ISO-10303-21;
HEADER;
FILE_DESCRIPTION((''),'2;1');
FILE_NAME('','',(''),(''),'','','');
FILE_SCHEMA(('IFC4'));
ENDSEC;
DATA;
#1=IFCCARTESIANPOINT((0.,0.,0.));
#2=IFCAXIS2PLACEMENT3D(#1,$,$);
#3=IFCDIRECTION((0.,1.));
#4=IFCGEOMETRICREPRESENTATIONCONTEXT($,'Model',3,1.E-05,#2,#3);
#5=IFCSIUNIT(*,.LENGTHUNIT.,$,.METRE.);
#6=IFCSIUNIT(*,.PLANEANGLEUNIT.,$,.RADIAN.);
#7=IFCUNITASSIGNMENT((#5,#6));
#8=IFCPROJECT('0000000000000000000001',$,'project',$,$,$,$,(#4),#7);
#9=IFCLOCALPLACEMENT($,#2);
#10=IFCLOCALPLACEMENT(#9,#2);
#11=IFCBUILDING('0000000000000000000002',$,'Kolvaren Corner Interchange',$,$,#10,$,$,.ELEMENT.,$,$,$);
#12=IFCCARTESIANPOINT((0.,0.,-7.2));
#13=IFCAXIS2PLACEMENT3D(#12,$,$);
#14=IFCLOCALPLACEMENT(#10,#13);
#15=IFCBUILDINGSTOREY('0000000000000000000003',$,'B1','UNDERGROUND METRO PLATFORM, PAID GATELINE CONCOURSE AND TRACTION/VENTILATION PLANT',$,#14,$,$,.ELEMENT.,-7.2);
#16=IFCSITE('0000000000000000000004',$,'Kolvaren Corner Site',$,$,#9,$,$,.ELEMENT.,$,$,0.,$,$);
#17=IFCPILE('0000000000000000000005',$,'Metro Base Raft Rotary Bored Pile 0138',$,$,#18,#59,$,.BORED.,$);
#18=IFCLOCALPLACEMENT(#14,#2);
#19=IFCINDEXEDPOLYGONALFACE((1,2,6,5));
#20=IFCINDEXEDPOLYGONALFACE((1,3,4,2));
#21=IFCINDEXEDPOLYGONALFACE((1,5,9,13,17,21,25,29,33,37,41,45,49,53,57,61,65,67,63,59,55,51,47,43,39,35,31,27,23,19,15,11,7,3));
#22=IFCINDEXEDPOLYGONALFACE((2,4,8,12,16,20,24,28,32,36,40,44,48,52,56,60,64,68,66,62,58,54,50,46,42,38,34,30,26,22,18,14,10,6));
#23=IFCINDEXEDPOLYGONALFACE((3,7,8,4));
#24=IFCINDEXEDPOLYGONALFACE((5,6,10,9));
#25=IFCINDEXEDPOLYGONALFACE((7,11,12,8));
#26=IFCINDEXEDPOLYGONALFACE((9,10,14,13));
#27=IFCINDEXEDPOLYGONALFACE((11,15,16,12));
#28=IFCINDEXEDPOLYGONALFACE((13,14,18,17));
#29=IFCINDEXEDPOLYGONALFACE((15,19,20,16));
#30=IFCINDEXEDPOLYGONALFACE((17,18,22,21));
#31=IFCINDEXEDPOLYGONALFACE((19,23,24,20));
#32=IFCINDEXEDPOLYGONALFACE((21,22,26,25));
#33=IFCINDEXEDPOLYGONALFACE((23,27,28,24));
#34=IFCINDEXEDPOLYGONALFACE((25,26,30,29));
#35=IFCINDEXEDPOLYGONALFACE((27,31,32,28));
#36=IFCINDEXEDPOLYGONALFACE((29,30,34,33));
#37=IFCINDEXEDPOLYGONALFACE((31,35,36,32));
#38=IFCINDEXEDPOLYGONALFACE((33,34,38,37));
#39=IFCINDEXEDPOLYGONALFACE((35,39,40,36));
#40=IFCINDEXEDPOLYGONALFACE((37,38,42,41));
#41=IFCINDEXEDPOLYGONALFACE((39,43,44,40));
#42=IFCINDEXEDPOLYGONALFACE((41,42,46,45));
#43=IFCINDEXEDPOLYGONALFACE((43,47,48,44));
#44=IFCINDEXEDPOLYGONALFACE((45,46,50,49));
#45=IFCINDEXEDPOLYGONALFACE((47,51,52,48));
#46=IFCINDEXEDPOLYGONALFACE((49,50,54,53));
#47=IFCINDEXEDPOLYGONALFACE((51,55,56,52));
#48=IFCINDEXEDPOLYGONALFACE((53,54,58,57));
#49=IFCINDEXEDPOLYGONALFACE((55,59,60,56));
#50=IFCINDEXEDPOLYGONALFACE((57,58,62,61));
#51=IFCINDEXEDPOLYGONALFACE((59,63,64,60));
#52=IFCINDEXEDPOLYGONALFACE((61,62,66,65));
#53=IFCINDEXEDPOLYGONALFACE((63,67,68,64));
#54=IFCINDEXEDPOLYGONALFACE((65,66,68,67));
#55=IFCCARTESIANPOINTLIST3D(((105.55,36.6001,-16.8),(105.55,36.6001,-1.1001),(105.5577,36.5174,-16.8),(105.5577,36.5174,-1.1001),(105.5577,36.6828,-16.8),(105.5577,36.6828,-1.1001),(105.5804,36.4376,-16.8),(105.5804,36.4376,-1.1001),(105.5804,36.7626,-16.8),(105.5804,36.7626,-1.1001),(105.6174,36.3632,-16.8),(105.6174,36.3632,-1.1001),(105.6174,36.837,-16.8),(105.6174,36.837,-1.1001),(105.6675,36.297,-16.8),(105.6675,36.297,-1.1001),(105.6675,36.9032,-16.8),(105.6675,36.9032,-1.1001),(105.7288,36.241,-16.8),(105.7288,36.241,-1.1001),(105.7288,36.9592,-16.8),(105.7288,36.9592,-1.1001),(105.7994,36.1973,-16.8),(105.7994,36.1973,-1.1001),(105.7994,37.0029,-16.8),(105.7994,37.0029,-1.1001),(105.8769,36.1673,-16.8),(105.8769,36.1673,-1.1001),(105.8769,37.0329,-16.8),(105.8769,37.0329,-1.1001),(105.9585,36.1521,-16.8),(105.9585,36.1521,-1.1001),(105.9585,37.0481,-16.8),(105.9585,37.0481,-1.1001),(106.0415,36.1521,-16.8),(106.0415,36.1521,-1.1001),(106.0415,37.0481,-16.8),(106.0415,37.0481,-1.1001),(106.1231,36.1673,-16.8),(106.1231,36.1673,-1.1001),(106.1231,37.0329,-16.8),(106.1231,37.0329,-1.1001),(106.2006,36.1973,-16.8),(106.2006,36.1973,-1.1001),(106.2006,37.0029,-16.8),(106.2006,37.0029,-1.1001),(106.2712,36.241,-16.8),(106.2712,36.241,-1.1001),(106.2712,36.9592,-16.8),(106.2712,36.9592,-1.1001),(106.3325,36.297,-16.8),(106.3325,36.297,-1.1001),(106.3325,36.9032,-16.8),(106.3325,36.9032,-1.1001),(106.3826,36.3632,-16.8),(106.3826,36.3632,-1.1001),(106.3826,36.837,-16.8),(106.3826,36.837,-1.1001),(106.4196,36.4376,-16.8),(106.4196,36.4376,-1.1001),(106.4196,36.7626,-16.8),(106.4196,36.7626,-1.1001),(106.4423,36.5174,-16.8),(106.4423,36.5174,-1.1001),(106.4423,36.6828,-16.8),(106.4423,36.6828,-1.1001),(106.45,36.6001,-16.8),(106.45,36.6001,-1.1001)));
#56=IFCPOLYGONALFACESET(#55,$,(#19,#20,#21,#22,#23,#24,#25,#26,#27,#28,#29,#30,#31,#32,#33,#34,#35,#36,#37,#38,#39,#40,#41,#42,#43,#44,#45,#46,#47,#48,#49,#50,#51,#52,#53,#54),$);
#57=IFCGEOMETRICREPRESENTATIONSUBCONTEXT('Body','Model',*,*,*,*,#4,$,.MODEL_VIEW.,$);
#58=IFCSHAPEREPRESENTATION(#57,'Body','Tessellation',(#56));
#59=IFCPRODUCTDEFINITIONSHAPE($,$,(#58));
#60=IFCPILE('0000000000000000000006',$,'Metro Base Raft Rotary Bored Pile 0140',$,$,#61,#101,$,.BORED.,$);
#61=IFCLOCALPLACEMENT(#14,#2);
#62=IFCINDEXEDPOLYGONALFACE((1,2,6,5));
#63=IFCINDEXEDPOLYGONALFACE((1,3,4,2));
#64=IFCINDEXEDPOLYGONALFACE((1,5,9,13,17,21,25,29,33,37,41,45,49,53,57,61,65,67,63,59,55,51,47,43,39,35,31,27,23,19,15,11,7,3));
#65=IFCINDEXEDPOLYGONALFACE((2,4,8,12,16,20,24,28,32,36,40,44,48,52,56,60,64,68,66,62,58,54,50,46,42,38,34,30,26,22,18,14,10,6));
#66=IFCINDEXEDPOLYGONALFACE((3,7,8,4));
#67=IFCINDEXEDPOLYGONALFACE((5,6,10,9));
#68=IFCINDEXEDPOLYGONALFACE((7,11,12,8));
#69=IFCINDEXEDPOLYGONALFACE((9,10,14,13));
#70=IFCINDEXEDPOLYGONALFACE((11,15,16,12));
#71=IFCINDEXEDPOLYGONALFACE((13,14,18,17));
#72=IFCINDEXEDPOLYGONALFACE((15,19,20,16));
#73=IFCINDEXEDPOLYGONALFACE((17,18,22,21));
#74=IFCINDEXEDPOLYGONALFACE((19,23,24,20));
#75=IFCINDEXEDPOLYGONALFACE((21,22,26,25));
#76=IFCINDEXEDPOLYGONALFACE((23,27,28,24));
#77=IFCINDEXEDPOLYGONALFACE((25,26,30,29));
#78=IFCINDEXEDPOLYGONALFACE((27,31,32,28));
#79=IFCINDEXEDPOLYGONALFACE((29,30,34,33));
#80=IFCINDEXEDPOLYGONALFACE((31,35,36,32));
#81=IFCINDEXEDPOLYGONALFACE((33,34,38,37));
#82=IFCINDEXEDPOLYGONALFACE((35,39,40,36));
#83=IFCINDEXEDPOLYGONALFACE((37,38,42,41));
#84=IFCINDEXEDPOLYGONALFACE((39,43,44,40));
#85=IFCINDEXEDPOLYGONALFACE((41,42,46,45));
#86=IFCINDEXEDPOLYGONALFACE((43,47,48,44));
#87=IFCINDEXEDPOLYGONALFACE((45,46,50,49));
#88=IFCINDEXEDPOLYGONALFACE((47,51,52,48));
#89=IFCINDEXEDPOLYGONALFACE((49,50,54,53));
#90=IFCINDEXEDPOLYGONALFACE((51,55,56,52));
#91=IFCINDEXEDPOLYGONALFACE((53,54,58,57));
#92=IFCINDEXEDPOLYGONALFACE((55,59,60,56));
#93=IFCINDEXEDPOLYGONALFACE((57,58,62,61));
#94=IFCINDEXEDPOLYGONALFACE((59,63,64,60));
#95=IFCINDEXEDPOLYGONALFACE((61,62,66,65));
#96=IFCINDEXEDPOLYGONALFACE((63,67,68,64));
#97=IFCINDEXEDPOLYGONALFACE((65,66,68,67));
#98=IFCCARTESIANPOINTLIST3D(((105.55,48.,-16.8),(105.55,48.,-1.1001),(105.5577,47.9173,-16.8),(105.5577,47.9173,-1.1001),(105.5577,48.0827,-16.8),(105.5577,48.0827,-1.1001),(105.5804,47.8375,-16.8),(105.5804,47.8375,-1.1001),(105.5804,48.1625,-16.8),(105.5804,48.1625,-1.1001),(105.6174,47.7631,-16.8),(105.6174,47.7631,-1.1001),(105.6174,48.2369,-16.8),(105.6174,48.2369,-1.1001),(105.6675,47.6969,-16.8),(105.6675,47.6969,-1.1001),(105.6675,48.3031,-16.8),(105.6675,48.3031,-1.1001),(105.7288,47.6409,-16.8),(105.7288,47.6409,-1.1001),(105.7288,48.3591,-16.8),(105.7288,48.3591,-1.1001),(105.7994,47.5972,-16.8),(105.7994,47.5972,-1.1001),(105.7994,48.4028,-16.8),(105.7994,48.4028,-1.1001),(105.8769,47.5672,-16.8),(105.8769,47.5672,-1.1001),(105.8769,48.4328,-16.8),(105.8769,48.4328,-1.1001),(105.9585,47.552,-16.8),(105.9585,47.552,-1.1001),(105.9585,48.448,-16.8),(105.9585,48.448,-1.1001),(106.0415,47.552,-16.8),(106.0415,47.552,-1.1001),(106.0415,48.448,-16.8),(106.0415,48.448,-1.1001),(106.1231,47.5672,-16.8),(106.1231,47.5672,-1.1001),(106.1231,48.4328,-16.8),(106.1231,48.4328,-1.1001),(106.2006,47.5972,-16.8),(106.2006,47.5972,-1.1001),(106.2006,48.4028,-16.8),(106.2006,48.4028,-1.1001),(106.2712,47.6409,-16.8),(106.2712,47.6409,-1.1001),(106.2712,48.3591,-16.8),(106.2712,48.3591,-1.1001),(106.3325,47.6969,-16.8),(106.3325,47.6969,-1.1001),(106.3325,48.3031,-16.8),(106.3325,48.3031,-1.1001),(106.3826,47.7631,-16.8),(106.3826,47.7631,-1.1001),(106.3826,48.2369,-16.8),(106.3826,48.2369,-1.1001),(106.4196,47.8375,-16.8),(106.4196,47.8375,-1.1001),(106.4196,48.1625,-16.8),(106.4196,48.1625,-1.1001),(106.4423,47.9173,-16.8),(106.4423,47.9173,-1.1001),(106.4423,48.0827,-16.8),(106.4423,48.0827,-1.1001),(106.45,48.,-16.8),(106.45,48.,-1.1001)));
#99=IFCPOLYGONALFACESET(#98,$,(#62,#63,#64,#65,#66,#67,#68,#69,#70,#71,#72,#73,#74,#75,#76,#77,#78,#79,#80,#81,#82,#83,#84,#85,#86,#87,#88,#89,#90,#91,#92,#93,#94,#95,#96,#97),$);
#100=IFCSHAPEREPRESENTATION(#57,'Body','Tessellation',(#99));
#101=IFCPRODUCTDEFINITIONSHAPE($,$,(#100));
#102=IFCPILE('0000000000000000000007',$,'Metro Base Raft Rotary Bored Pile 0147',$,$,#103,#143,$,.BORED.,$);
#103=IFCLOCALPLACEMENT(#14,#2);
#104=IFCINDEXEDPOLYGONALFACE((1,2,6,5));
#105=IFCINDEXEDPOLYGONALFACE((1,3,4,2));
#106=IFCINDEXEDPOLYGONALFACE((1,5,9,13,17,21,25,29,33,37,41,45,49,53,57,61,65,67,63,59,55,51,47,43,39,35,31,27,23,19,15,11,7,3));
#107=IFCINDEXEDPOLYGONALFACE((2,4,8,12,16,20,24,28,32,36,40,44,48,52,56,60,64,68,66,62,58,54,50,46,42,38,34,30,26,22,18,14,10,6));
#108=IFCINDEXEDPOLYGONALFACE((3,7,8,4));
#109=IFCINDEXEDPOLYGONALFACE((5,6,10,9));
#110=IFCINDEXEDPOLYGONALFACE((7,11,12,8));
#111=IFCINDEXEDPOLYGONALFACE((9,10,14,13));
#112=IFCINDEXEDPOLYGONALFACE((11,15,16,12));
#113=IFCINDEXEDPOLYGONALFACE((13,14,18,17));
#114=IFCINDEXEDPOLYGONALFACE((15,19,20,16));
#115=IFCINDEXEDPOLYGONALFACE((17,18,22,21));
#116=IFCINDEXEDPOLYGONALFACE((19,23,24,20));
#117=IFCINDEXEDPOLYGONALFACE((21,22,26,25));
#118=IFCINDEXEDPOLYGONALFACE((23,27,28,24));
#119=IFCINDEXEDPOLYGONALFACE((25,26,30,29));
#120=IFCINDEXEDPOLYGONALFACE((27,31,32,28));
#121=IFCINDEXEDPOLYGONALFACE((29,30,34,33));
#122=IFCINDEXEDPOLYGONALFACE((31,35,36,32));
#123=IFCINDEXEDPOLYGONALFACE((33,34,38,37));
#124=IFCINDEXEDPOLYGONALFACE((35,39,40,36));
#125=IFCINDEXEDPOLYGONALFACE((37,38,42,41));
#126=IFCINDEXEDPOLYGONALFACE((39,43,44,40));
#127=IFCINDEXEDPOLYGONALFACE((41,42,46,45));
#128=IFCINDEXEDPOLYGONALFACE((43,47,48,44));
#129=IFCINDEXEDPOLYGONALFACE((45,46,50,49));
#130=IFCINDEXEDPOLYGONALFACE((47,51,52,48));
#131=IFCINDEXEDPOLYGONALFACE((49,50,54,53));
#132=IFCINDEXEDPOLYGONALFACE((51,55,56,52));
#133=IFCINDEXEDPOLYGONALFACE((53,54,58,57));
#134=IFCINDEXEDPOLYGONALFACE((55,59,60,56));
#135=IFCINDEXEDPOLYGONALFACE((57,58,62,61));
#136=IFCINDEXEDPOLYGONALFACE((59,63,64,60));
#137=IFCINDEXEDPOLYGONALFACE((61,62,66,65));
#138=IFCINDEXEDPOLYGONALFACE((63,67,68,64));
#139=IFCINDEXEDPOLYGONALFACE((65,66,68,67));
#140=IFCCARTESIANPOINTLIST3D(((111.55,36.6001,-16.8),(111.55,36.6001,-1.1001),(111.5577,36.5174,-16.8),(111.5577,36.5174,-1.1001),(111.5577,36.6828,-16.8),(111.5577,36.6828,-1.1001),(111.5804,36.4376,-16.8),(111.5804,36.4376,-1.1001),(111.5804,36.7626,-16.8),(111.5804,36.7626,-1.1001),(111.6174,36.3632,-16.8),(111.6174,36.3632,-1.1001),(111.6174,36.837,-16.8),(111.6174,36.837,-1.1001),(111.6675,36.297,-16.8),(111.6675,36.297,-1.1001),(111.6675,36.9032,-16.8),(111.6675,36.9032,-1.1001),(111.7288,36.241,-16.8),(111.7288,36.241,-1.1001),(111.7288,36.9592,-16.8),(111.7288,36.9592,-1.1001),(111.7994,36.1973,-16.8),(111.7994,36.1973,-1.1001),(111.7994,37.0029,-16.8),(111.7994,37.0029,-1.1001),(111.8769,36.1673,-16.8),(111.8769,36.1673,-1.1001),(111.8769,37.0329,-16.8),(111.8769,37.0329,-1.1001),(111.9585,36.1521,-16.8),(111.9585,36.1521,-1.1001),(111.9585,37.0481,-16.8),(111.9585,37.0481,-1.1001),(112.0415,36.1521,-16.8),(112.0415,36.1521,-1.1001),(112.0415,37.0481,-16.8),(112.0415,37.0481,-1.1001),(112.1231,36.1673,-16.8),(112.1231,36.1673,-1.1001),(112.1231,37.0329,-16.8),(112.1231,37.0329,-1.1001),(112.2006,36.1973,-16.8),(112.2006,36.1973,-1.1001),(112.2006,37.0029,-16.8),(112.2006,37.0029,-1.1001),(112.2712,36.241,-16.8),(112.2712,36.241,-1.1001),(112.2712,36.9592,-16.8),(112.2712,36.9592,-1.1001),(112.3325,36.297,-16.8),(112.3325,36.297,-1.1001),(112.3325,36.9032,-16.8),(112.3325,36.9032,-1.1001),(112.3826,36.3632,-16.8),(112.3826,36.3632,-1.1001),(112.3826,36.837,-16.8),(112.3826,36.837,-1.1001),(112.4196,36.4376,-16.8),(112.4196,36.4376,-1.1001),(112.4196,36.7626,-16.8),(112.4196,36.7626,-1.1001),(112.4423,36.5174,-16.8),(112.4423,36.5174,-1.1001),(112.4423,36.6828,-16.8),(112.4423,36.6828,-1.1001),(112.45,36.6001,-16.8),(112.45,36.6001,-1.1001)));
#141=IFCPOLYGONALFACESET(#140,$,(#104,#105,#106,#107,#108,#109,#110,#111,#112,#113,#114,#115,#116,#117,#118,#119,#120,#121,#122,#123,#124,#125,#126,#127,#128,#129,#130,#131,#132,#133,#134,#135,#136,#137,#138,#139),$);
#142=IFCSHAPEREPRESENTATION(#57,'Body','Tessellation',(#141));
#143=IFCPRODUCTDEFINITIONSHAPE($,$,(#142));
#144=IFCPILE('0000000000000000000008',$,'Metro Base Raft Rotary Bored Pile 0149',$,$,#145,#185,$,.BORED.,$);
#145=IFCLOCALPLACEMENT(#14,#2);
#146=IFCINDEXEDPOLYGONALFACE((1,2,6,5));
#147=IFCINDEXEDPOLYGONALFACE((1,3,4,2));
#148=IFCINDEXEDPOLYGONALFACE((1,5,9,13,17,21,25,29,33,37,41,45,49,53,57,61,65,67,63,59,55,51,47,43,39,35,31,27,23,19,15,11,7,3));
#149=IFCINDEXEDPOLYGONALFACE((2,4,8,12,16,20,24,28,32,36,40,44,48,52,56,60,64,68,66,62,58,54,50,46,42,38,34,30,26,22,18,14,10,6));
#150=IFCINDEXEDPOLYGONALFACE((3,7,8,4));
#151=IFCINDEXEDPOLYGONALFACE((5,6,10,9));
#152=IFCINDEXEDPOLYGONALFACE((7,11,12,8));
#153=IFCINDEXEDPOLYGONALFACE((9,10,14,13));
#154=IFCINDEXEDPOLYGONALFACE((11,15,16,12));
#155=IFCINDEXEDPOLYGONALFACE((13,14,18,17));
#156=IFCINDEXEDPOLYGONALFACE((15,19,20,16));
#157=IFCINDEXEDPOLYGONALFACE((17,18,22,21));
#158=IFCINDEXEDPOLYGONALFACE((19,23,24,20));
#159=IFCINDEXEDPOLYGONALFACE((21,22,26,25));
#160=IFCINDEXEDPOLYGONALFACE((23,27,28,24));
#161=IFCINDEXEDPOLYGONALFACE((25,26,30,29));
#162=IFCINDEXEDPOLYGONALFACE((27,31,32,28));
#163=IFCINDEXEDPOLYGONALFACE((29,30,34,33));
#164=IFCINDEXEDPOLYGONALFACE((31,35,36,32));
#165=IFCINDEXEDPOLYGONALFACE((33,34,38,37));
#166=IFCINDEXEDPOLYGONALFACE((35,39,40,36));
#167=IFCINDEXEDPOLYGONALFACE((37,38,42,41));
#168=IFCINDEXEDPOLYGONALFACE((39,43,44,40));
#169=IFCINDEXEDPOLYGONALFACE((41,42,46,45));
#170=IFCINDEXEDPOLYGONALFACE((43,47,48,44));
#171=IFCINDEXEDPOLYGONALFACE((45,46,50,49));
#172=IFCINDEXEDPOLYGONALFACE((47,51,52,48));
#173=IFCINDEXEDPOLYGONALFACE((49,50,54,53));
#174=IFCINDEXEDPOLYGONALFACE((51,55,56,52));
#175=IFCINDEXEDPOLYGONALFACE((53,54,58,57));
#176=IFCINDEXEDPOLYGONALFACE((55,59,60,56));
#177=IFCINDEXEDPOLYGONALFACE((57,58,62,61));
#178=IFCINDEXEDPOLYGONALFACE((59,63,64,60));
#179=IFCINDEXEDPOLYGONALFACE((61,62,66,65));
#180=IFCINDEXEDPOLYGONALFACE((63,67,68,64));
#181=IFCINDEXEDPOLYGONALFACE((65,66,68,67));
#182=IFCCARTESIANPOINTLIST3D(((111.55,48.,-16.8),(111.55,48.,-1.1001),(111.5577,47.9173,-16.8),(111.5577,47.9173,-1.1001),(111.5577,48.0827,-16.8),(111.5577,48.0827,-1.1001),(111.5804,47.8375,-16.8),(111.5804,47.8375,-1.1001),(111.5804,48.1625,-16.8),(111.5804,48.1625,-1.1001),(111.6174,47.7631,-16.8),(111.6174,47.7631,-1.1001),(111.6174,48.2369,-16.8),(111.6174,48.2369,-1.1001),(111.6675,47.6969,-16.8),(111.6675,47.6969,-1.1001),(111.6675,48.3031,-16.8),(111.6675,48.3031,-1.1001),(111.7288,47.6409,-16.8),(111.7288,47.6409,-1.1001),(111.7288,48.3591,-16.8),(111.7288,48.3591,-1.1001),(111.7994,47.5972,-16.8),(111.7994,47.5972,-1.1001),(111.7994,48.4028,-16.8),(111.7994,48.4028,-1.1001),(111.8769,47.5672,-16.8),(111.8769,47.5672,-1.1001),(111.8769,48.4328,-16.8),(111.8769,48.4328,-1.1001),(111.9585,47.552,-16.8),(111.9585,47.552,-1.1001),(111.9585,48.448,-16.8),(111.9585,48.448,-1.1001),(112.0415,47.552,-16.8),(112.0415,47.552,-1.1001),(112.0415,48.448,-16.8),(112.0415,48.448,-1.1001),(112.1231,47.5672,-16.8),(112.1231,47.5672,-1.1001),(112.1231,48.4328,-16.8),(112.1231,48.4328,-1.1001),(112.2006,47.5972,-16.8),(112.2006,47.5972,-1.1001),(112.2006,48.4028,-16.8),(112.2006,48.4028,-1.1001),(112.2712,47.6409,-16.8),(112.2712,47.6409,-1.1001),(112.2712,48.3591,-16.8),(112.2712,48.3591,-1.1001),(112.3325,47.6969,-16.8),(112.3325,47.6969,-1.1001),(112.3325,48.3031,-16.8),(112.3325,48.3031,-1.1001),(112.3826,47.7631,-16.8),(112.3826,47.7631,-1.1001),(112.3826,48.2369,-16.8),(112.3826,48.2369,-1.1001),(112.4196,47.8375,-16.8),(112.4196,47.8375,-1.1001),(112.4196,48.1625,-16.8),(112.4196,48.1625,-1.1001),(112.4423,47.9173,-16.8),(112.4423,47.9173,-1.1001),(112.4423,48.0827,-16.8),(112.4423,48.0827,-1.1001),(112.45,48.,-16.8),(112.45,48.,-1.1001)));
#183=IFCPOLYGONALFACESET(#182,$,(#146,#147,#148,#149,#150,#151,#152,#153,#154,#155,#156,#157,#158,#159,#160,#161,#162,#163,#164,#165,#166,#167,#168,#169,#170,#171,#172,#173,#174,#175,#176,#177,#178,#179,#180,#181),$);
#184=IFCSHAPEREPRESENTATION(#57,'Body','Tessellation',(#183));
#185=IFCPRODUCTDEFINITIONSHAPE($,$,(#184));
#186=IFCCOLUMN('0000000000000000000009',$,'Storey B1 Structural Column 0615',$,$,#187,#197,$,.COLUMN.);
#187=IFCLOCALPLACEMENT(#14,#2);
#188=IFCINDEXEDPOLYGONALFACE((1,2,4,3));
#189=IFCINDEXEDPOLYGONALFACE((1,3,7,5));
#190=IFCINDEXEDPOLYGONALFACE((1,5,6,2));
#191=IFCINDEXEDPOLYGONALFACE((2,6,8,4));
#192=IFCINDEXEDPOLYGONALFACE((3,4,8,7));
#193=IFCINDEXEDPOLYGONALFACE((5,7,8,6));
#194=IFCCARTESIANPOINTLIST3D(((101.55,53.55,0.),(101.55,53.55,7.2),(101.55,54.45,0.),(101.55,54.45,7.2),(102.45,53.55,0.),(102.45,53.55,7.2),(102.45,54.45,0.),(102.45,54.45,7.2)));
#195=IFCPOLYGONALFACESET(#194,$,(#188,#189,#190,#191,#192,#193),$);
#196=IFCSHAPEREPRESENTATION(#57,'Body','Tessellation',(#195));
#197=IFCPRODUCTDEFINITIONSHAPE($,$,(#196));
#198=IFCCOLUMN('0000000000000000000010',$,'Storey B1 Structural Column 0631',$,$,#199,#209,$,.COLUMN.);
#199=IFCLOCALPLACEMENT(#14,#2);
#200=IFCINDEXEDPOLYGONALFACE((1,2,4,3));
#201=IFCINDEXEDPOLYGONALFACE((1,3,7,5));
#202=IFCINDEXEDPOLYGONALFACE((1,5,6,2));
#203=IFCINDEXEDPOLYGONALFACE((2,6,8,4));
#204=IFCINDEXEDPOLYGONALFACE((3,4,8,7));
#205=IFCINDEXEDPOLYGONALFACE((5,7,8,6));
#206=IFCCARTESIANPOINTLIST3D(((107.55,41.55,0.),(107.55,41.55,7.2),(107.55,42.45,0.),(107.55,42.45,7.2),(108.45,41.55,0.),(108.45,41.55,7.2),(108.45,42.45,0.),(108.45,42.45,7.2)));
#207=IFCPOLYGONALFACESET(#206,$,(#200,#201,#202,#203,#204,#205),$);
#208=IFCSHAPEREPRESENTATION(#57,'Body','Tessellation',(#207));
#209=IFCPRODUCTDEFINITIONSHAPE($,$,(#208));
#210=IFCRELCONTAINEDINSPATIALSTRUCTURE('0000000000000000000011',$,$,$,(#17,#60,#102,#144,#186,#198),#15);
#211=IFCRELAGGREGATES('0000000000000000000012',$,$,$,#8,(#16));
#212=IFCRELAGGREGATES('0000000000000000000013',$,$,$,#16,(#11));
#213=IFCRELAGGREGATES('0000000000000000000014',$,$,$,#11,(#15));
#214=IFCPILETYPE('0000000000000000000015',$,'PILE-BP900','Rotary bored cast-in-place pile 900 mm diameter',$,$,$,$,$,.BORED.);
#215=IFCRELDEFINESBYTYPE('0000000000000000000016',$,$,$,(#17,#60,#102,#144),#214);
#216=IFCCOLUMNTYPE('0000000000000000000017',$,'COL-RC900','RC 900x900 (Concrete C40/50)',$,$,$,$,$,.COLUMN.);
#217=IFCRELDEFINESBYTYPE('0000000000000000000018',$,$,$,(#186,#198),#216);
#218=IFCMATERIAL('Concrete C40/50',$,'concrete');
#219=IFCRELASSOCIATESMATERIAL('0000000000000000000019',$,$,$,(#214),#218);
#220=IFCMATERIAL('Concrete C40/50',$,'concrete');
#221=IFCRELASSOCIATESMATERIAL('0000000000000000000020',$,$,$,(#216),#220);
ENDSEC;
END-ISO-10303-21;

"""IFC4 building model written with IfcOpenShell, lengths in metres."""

from ifc_helpers import new_model, si_unit, direction, frame, origin, origin_2d, place, context, subcontext, project, spatial, rectangle, circle, extrude, material, material_profile, profile_set, type_object, element, save


model = new_model("IFC4")

# Units and contexts
model_context = context("Model", 3, precision=1e-05, world=origin(), true_north=direction((0.0, 1.0)))
body_context = subcontext(model_context, "Body", "Model", "MODEL_VIEW")
ifc_project = project(units=[si_unit("LENGTHUNIT", "METRE"), si_unit("PLANEANGLEUNIT", "RADIAN")], contexts=[model_context])

# Site, building, storey
site_placement = place(None, origin())
site = spatial("IfcSite", under=ifc_project, at=site_placement, Name="Kolvaren Corner Site", CompositionType="ELEMENT", RefElevation=0.0)
building_placement = place(site_placement, origin())
building = spatial("IfcBuilding", under=site, at=building_placement, Name="Kolvaren Corner Interchange", CompositionType="ELEMENT")
storey_placement = place(building_placement, frame((0.0, 0.0, -7.2)))
storey = spatial("IfcBuildingStorey", under=building, at=storey_placement, Name="B1", Description="UNDERGROUND METRO PLATFORM, PAID GATELINE CONCOURSE AND TRACTION/VENTILATION PLANT", CompositionType="ELEMENT", Elevation=-7.2)

# Piles
ifc_material_1 = material(Name="Concrete C40/50", Category="concrete")
ifc_material_profile_1 = material_profile(ifc_material_1, circle(Radius=0.45, at=origin_2d()), Name="BORED PILE 900")
ifc_profile_set_1 = profile_set([ifc_material_profile_1], Name="Concrete C40/50")
pile_type_1 = type_object("IfcPileType", Name="PILE-BP900", Description="Rotary bored cast-in-place pile 900 mm diameter", PredefinedType="BORED", material=ifc_profile_set_1)
for number, where, z_axis, x_axis, name in (
    (1, (106.0, 36.6001, -1.1001), (0.0, 0.0, -1.0), (1.0, 0.0, 0.0), "Metro Base Raft Rotary Bored Pile 0138"),
    (2, (106.0, 48.0, -1.1001), (0.0, 0.0, -1.0), (1.0, 0.0, 0.0), "Metro Base Raft Rotary Bored Pile 0140"),
    (3, (112.0, 36.6001, -1.1001), (0.0, 0.0, -1.0), (1.0, 0.0, 0.0), "Metro Base Raft Rotary Bored Pile 0147"),
    (4, (112.0, 48.0, -1.1001), (0.0, 0.0, -1.0), (1.0, 0.0, 0.0), "Metro Base Raft Rotary Bored Pile 0149"),
):
    element("IfcPile", number, at=place(storey_placement, frame(where, z_axis=z_axis, x_axis=x_axis)), inside=storey, type_object=pile_type_1, Name=name, PredefinedType="BORED", context=body_context, shape_type="SweptSolid", body=[
        extrude(circle(Radius=0.45, at=origin_2d()), origin(), (0.0, 0.0, 1.0), 15.7),
    ])

# Columns
ifc_material_2 = material(Name="Concrete C40/50", Category="concrete")
ifc_material_profile_2 = material_profile(ifc_material_2, rectangle(XDim=0.8999, YDim=0.8999, at=origin_2d()), Name="RC 900x900")
ifc_profile_set_2 = profile_set([ifc_material_profile_2], Name="Concrete C40/50")
column_type = type_object("IfcColumnType", Name="COL-RC900", Description="RC 900x900 (Concrete C40/50)", PredefinedType="COLUMN", material=ifc_profile_set_2)
for number, where, z_axis, x_axis, name in (
    (5, (102.0, 54.0, 0.0), (0.0, 0.0, 1.0), (1.0, 0.0, 0.0), "Storey B1 Structural Column 0615"),
    (6, (108.0, 42.0, 0.0), (0.0, 0.0, 1.0), (1.0, 0.0, 0.0), "Storey B1 Structural Column 0631"),
):
    element("IfcColumn", number, at=place(storey_placement, frame(where, z_axis=z_axis, x_axis=x_axis)), inside=storey, type_object=column_type, Name=name, PredefinedType="COLUMN", context=body_context, shape_type="SweptSolid", body=[
        extrude(rectangle(XDim=0.8999, YDim=0.8999, at=origin_2d()), origin(), (0.0, 0.0, 1.0), 7.2),
    ])

save(model, "model.ifc")
